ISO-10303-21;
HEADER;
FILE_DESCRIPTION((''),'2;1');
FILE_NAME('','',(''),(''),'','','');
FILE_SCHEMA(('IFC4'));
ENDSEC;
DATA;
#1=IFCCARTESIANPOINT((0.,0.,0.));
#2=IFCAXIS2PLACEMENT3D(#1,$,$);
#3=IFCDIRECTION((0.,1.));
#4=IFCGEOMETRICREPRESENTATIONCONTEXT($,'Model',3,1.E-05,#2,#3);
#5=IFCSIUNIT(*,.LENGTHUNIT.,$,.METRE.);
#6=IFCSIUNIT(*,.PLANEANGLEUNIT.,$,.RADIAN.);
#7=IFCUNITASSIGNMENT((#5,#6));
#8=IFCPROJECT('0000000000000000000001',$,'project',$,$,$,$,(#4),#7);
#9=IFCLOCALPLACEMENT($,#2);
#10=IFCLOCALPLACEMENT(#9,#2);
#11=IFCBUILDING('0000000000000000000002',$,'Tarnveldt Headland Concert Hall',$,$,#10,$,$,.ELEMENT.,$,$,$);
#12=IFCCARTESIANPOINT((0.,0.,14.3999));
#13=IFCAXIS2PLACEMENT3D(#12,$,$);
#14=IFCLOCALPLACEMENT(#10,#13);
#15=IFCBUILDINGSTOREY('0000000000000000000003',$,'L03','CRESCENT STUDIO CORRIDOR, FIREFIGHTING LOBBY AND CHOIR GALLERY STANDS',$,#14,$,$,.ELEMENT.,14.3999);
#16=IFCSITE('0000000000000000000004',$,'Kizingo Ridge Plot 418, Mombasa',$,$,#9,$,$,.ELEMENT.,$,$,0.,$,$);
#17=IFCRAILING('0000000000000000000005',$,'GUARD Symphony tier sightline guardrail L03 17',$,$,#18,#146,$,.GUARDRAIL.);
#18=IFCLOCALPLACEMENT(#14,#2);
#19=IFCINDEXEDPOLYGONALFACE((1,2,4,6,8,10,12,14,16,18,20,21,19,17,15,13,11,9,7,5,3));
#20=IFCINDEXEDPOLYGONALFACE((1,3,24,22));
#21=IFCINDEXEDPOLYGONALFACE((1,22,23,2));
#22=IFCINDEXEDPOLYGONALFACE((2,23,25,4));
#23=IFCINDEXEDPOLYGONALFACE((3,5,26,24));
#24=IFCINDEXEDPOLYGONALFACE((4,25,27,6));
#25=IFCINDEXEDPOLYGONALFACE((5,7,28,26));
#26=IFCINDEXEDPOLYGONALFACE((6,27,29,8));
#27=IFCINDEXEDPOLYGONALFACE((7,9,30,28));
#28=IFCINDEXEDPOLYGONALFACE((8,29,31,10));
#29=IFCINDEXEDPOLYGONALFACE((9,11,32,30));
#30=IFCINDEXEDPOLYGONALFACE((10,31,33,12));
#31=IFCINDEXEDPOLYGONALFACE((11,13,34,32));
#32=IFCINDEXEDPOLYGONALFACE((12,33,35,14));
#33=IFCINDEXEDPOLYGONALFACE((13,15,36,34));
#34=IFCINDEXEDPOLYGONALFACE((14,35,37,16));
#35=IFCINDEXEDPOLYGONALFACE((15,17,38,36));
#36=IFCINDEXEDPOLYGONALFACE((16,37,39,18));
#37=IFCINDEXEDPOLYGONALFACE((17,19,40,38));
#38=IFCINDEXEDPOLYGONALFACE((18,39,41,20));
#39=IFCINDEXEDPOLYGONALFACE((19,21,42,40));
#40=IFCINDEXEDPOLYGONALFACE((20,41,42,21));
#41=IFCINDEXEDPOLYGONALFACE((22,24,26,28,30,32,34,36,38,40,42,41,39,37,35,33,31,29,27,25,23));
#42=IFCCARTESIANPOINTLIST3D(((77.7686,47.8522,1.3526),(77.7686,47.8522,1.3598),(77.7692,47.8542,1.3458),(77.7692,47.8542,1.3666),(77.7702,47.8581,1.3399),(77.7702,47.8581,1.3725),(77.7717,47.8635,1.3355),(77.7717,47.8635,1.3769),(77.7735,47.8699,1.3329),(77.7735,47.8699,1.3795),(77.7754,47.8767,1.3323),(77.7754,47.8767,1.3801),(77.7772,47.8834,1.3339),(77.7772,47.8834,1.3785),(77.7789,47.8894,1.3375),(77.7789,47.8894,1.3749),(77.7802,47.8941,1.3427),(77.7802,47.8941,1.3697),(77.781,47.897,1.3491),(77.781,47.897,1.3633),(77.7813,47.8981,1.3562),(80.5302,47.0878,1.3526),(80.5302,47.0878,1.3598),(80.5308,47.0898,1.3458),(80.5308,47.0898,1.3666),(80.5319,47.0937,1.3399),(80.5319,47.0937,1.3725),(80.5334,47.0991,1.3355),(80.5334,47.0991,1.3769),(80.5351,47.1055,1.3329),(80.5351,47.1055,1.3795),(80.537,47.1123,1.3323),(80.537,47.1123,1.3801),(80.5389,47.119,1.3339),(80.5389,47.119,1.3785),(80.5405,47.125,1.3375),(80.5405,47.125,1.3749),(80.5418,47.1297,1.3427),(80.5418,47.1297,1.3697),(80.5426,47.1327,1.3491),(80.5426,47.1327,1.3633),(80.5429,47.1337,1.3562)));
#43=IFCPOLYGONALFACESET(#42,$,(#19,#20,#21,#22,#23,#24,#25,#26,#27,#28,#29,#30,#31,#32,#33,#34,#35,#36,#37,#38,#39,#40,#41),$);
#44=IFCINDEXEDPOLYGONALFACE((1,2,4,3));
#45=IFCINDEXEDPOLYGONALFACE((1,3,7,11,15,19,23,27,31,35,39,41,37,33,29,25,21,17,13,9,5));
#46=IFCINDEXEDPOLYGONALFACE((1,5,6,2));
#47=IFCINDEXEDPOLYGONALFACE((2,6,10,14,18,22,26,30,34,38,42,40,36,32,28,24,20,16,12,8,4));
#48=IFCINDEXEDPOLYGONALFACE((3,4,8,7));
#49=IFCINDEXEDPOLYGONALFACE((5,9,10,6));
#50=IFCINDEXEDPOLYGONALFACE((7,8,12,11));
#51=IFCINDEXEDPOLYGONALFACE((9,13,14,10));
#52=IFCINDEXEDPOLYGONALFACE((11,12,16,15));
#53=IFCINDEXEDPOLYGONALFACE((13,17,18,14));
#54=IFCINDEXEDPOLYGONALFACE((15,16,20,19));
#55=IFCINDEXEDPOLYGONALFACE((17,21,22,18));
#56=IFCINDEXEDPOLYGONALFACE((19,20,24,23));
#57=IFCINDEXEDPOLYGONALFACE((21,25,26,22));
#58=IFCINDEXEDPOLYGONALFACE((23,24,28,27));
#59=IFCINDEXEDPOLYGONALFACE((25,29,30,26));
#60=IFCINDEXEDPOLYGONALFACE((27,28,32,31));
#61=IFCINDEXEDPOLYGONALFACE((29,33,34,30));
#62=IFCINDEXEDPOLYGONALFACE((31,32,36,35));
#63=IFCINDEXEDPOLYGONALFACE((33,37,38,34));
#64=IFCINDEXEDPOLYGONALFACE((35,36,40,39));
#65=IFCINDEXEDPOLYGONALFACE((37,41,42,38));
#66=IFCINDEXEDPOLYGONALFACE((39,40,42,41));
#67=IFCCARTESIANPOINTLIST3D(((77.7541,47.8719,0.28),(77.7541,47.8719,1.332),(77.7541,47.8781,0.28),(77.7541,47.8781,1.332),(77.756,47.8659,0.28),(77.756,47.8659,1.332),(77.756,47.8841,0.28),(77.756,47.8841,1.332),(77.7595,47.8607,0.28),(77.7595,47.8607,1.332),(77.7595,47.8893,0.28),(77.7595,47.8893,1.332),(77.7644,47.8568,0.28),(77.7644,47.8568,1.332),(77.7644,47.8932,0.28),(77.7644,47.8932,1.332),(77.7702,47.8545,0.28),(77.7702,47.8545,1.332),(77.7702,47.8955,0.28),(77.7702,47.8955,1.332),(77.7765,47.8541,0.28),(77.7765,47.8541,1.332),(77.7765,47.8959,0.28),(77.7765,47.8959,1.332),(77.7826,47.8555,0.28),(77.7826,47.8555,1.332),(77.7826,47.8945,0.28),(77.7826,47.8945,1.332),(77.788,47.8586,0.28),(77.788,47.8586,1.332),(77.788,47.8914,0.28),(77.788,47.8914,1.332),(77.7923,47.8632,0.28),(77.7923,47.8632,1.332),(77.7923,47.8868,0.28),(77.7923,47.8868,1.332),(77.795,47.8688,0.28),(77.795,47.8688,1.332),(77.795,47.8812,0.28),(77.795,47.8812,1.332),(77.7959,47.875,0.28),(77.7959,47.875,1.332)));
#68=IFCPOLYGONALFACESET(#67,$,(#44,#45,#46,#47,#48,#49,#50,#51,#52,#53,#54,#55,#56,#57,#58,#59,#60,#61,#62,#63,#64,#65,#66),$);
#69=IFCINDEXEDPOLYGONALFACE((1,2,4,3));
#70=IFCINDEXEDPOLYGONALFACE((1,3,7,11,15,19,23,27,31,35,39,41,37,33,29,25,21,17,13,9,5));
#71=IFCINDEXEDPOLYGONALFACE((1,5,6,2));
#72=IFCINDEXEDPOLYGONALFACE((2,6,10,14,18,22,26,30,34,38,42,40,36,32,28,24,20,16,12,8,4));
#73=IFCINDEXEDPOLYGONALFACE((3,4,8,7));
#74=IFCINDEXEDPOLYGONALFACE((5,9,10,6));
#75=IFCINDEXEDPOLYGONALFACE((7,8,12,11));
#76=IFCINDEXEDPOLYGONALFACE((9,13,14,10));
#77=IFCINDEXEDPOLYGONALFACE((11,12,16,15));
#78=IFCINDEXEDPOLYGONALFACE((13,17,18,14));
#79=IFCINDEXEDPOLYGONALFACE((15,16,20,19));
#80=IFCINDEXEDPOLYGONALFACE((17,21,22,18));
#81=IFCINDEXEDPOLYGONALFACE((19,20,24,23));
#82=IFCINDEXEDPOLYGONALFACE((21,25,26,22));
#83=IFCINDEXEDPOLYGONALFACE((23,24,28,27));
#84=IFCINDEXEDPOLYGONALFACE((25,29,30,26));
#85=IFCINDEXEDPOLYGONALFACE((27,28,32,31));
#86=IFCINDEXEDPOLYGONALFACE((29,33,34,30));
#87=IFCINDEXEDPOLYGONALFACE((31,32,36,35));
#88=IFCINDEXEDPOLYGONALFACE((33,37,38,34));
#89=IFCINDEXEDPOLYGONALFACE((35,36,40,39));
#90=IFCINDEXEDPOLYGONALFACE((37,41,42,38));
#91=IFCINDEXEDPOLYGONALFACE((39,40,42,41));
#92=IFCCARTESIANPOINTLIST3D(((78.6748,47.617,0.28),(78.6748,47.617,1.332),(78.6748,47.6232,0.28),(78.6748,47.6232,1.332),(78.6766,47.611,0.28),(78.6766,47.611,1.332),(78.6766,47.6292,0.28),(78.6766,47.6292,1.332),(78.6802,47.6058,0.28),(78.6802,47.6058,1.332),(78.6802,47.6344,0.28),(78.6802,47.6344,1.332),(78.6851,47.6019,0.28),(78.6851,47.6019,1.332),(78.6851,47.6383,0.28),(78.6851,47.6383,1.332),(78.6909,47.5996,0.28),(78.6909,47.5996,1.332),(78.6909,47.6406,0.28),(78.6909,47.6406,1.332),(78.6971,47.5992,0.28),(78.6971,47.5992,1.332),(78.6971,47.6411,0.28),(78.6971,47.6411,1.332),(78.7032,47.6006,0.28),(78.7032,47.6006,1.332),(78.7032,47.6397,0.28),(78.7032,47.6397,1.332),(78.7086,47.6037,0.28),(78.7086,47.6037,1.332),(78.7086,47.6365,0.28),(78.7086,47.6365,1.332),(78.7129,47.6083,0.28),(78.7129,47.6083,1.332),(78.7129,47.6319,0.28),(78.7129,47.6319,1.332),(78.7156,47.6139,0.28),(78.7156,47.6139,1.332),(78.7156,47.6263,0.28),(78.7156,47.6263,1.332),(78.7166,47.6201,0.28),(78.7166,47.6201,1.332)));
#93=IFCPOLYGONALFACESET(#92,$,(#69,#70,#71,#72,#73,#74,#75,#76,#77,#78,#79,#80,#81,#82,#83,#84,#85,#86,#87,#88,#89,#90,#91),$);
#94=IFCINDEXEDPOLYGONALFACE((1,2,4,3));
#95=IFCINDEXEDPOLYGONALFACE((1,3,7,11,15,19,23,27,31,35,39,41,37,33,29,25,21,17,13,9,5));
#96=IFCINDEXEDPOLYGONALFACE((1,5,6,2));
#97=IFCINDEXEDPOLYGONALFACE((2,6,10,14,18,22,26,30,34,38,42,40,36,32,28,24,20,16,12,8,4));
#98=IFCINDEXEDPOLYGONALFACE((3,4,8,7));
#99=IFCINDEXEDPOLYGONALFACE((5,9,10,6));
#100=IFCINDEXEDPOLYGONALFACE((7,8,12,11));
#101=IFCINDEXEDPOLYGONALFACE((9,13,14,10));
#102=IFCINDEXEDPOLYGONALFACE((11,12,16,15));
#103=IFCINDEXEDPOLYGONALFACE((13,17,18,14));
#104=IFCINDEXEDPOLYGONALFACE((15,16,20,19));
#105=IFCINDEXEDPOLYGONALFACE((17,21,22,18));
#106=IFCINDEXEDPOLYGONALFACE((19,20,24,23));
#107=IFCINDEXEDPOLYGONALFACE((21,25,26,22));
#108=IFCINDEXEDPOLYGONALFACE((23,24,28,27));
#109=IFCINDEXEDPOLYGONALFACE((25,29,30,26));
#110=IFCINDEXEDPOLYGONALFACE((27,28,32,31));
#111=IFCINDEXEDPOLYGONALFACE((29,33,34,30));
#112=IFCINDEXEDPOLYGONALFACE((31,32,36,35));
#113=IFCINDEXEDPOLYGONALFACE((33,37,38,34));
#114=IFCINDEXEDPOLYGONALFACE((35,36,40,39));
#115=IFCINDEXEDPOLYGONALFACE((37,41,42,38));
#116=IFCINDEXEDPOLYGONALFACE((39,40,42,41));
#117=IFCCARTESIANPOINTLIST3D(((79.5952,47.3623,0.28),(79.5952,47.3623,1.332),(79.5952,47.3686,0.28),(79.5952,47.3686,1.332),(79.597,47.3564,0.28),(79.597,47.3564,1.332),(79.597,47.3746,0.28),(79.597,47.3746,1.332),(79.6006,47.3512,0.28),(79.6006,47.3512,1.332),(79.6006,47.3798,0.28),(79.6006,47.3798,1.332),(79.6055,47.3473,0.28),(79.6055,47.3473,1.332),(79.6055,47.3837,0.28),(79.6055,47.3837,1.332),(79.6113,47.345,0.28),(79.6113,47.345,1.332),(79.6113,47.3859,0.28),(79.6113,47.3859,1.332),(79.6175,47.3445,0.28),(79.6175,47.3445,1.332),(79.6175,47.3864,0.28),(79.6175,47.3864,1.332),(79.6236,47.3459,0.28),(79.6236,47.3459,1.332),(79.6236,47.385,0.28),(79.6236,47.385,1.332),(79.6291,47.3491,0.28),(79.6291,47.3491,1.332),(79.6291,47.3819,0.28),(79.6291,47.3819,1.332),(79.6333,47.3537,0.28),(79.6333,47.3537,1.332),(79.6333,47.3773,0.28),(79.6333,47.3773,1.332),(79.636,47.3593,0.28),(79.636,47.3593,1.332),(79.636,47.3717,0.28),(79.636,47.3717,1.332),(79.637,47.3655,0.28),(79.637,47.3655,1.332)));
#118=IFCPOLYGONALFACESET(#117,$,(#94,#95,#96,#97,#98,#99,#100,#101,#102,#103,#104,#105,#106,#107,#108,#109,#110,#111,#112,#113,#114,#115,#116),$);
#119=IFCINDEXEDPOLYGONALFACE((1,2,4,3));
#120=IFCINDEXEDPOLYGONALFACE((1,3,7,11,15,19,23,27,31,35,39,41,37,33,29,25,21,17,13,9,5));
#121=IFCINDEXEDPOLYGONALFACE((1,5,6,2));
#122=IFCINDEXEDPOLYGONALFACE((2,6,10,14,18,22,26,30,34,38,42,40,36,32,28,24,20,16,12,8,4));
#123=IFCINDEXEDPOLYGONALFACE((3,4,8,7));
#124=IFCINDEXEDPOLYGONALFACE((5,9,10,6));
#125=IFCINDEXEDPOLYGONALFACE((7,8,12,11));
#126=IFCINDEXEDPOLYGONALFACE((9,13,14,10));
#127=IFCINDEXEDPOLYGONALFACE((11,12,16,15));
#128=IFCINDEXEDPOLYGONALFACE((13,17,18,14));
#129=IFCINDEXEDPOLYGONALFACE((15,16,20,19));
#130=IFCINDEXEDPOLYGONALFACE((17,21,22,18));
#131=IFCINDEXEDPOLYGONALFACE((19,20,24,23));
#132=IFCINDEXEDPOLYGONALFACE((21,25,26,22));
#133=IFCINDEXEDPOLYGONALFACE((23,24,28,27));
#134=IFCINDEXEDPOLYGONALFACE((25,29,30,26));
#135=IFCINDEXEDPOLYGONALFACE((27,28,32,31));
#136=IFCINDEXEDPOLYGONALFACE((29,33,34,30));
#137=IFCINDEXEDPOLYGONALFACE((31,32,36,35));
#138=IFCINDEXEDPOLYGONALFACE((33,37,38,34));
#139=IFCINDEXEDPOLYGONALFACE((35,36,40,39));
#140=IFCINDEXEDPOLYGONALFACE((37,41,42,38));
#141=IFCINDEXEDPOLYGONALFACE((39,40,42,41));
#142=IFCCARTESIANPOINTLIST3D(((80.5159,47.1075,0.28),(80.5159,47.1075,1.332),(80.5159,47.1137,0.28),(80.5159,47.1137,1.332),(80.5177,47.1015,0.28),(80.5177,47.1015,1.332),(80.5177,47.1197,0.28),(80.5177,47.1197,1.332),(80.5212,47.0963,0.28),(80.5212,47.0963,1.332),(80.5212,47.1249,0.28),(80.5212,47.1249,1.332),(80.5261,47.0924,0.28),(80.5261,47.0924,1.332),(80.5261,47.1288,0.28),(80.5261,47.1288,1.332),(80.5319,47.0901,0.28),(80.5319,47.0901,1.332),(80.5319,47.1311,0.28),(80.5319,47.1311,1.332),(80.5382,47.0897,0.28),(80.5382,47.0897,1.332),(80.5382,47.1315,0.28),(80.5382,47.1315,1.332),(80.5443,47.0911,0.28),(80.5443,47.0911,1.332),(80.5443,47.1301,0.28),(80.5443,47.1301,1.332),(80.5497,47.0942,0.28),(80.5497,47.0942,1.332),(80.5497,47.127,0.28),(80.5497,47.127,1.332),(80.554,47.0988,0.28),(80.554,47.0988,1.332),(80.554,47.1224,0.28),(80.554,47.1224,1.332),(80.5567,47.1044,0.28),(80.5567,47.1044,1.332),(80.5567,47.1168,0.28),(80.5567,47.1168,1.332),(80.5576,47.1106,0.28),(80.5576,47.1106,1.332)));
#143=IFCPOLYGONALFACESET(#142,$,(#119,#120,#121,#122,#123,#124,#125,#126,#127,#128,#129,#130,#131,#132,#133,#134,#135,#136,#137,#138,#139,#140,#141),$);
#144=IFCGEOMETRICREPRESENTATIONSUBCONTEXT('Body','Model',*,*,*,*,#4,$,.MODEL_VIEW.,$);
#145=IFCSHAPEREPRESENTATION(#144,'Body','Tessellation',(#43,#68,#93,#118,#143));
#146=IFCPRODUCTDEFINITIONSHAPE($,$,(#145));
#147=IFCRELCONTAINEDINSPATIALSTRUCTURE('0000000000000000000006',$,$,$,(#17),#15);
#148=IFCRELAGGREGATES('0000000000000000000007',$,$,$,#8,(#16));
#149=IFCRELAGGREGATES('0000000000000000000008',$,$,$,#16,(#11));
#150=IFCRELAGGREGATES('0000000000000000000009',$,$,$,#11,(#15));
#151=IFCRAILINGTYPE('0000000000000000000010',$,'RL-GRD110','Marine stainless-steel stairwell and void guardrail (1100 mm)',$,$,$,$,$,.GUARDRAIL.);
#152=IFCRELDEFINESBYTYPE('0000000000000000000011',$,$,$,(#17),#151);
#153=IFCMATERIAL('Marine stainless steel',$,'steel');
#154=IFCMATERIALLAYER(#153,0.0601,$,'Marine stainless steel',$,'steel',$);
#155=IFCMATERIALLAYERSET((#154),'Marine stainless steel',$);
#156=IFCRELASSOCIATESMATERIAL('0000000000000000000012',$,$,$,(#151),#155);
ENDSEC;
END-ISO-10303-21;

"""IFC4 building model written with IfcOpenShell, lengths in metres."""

from ifc_helpers import new_model, si_unit, direction, frame, origin, origin_2d, place, context, subcontext, project, spatial, circle, extrude, material, layer, layer_set, type_object, element, save


model = new_model("IFC4")

# Units and contexts
model_context = context("Model", 3, precision=1e-05, world=origin(), true_north=direction((0.0, 1.0)))
body_context = subcontext(model_context, "Body", "Model", "MODEL_VIEW")
ifc_project = project(units=[si_unit("LENGTHUNIT", "METRE"), si_unit("PLANEANGLEUNIT", "RADIAN")], contexts=[model_context])

# Site, building, storey
site_placement = place(None, origin())
site = spatial("IfcSite", under=ifc_project, at=site_placement, Name="Kizingo Ridge Plot 418, Mombasa", CompositionType="ELEMENT", RefElevation=0.0)
building_placement = place(site_placement, origin())
building = spatial("IfcBuilding", under=site, at=building_placement, Name="Tarnveldt Headland Concert Hall", CompositionType="ELEMENT")
storey_placement = place(building_placement, frame((0.0, 0.0, 14.3999)))
storey = spatial("IfcBuildingStorey", under=building, at=storey_placement, Name="L03", Description="CRESCENT STUDIO CORRIDOR, FIREFIGHTING LOBBY AND CHOIR GALLERY STANDS", CompositionType="ELEMENT", Elevation=14.3999)

# Railing
ifc_material_1 = material(Name="Marine stainless steel", Category="steel")
ifc_layer = layer(ifc_material_1, 0.0601, Name="Marine stainless steel", Category="steel")
ifc_layer_set = layer_set([ifc_layer], Name="Marine stainless steel")
railing_type = type_object("IfcRailingType", Name="RL-GRD110", Description="Marine stainless-steel stairwell and void guardrail (1100 mm)", PredefinedType="GUARDRAIL", material=ifc_layer_set)
railing_1_placement = place(storey_placement, frame((77.7749, 47.875, 0.28)))
element("IfcRailing", 1, at=railing_1_placement, inside=storey, type_object=railing_type, Name="GUARD Symphony tier sightline guardrail L03 17", PredefinedType="GUARDRAIL", context=body_context, shape_type="SweptSolid", body=[
    extrude(circle(Radius=0.0239, at=origin_2d()), frame((0.0, 0.0, 1.0762), z_axis=(0.963764, -0.266756, 0.0), x_axis=(0.266756, 0.963764, 0.0)), (0.0, 0.0, 1.0), 2.8655),
    extrude(circle(Radius=0.021, at=origin_2d()), origin(), (0.0, 0.0, 1.0), 1.052),
    extrude(circle(Radius=0.021, at=origin_2d()), frame((0.9207, -0.2549, 0.0)), (0.0, 0.0, 1.0), 1.052),
    extrude(circle(Radius=0.021, at=origin_2d()), frame((1.8411, -0.5095, 0.0)), (0.0, 0.0, 1.0), 1.052),
    extrude(circle(Radius=0.021, at=origin_2d()), frame((2.7617, -0.7644, 0.0)), (0.0, 0.0, 1.0), 1.052),
])

save(model, "model.ifc")
